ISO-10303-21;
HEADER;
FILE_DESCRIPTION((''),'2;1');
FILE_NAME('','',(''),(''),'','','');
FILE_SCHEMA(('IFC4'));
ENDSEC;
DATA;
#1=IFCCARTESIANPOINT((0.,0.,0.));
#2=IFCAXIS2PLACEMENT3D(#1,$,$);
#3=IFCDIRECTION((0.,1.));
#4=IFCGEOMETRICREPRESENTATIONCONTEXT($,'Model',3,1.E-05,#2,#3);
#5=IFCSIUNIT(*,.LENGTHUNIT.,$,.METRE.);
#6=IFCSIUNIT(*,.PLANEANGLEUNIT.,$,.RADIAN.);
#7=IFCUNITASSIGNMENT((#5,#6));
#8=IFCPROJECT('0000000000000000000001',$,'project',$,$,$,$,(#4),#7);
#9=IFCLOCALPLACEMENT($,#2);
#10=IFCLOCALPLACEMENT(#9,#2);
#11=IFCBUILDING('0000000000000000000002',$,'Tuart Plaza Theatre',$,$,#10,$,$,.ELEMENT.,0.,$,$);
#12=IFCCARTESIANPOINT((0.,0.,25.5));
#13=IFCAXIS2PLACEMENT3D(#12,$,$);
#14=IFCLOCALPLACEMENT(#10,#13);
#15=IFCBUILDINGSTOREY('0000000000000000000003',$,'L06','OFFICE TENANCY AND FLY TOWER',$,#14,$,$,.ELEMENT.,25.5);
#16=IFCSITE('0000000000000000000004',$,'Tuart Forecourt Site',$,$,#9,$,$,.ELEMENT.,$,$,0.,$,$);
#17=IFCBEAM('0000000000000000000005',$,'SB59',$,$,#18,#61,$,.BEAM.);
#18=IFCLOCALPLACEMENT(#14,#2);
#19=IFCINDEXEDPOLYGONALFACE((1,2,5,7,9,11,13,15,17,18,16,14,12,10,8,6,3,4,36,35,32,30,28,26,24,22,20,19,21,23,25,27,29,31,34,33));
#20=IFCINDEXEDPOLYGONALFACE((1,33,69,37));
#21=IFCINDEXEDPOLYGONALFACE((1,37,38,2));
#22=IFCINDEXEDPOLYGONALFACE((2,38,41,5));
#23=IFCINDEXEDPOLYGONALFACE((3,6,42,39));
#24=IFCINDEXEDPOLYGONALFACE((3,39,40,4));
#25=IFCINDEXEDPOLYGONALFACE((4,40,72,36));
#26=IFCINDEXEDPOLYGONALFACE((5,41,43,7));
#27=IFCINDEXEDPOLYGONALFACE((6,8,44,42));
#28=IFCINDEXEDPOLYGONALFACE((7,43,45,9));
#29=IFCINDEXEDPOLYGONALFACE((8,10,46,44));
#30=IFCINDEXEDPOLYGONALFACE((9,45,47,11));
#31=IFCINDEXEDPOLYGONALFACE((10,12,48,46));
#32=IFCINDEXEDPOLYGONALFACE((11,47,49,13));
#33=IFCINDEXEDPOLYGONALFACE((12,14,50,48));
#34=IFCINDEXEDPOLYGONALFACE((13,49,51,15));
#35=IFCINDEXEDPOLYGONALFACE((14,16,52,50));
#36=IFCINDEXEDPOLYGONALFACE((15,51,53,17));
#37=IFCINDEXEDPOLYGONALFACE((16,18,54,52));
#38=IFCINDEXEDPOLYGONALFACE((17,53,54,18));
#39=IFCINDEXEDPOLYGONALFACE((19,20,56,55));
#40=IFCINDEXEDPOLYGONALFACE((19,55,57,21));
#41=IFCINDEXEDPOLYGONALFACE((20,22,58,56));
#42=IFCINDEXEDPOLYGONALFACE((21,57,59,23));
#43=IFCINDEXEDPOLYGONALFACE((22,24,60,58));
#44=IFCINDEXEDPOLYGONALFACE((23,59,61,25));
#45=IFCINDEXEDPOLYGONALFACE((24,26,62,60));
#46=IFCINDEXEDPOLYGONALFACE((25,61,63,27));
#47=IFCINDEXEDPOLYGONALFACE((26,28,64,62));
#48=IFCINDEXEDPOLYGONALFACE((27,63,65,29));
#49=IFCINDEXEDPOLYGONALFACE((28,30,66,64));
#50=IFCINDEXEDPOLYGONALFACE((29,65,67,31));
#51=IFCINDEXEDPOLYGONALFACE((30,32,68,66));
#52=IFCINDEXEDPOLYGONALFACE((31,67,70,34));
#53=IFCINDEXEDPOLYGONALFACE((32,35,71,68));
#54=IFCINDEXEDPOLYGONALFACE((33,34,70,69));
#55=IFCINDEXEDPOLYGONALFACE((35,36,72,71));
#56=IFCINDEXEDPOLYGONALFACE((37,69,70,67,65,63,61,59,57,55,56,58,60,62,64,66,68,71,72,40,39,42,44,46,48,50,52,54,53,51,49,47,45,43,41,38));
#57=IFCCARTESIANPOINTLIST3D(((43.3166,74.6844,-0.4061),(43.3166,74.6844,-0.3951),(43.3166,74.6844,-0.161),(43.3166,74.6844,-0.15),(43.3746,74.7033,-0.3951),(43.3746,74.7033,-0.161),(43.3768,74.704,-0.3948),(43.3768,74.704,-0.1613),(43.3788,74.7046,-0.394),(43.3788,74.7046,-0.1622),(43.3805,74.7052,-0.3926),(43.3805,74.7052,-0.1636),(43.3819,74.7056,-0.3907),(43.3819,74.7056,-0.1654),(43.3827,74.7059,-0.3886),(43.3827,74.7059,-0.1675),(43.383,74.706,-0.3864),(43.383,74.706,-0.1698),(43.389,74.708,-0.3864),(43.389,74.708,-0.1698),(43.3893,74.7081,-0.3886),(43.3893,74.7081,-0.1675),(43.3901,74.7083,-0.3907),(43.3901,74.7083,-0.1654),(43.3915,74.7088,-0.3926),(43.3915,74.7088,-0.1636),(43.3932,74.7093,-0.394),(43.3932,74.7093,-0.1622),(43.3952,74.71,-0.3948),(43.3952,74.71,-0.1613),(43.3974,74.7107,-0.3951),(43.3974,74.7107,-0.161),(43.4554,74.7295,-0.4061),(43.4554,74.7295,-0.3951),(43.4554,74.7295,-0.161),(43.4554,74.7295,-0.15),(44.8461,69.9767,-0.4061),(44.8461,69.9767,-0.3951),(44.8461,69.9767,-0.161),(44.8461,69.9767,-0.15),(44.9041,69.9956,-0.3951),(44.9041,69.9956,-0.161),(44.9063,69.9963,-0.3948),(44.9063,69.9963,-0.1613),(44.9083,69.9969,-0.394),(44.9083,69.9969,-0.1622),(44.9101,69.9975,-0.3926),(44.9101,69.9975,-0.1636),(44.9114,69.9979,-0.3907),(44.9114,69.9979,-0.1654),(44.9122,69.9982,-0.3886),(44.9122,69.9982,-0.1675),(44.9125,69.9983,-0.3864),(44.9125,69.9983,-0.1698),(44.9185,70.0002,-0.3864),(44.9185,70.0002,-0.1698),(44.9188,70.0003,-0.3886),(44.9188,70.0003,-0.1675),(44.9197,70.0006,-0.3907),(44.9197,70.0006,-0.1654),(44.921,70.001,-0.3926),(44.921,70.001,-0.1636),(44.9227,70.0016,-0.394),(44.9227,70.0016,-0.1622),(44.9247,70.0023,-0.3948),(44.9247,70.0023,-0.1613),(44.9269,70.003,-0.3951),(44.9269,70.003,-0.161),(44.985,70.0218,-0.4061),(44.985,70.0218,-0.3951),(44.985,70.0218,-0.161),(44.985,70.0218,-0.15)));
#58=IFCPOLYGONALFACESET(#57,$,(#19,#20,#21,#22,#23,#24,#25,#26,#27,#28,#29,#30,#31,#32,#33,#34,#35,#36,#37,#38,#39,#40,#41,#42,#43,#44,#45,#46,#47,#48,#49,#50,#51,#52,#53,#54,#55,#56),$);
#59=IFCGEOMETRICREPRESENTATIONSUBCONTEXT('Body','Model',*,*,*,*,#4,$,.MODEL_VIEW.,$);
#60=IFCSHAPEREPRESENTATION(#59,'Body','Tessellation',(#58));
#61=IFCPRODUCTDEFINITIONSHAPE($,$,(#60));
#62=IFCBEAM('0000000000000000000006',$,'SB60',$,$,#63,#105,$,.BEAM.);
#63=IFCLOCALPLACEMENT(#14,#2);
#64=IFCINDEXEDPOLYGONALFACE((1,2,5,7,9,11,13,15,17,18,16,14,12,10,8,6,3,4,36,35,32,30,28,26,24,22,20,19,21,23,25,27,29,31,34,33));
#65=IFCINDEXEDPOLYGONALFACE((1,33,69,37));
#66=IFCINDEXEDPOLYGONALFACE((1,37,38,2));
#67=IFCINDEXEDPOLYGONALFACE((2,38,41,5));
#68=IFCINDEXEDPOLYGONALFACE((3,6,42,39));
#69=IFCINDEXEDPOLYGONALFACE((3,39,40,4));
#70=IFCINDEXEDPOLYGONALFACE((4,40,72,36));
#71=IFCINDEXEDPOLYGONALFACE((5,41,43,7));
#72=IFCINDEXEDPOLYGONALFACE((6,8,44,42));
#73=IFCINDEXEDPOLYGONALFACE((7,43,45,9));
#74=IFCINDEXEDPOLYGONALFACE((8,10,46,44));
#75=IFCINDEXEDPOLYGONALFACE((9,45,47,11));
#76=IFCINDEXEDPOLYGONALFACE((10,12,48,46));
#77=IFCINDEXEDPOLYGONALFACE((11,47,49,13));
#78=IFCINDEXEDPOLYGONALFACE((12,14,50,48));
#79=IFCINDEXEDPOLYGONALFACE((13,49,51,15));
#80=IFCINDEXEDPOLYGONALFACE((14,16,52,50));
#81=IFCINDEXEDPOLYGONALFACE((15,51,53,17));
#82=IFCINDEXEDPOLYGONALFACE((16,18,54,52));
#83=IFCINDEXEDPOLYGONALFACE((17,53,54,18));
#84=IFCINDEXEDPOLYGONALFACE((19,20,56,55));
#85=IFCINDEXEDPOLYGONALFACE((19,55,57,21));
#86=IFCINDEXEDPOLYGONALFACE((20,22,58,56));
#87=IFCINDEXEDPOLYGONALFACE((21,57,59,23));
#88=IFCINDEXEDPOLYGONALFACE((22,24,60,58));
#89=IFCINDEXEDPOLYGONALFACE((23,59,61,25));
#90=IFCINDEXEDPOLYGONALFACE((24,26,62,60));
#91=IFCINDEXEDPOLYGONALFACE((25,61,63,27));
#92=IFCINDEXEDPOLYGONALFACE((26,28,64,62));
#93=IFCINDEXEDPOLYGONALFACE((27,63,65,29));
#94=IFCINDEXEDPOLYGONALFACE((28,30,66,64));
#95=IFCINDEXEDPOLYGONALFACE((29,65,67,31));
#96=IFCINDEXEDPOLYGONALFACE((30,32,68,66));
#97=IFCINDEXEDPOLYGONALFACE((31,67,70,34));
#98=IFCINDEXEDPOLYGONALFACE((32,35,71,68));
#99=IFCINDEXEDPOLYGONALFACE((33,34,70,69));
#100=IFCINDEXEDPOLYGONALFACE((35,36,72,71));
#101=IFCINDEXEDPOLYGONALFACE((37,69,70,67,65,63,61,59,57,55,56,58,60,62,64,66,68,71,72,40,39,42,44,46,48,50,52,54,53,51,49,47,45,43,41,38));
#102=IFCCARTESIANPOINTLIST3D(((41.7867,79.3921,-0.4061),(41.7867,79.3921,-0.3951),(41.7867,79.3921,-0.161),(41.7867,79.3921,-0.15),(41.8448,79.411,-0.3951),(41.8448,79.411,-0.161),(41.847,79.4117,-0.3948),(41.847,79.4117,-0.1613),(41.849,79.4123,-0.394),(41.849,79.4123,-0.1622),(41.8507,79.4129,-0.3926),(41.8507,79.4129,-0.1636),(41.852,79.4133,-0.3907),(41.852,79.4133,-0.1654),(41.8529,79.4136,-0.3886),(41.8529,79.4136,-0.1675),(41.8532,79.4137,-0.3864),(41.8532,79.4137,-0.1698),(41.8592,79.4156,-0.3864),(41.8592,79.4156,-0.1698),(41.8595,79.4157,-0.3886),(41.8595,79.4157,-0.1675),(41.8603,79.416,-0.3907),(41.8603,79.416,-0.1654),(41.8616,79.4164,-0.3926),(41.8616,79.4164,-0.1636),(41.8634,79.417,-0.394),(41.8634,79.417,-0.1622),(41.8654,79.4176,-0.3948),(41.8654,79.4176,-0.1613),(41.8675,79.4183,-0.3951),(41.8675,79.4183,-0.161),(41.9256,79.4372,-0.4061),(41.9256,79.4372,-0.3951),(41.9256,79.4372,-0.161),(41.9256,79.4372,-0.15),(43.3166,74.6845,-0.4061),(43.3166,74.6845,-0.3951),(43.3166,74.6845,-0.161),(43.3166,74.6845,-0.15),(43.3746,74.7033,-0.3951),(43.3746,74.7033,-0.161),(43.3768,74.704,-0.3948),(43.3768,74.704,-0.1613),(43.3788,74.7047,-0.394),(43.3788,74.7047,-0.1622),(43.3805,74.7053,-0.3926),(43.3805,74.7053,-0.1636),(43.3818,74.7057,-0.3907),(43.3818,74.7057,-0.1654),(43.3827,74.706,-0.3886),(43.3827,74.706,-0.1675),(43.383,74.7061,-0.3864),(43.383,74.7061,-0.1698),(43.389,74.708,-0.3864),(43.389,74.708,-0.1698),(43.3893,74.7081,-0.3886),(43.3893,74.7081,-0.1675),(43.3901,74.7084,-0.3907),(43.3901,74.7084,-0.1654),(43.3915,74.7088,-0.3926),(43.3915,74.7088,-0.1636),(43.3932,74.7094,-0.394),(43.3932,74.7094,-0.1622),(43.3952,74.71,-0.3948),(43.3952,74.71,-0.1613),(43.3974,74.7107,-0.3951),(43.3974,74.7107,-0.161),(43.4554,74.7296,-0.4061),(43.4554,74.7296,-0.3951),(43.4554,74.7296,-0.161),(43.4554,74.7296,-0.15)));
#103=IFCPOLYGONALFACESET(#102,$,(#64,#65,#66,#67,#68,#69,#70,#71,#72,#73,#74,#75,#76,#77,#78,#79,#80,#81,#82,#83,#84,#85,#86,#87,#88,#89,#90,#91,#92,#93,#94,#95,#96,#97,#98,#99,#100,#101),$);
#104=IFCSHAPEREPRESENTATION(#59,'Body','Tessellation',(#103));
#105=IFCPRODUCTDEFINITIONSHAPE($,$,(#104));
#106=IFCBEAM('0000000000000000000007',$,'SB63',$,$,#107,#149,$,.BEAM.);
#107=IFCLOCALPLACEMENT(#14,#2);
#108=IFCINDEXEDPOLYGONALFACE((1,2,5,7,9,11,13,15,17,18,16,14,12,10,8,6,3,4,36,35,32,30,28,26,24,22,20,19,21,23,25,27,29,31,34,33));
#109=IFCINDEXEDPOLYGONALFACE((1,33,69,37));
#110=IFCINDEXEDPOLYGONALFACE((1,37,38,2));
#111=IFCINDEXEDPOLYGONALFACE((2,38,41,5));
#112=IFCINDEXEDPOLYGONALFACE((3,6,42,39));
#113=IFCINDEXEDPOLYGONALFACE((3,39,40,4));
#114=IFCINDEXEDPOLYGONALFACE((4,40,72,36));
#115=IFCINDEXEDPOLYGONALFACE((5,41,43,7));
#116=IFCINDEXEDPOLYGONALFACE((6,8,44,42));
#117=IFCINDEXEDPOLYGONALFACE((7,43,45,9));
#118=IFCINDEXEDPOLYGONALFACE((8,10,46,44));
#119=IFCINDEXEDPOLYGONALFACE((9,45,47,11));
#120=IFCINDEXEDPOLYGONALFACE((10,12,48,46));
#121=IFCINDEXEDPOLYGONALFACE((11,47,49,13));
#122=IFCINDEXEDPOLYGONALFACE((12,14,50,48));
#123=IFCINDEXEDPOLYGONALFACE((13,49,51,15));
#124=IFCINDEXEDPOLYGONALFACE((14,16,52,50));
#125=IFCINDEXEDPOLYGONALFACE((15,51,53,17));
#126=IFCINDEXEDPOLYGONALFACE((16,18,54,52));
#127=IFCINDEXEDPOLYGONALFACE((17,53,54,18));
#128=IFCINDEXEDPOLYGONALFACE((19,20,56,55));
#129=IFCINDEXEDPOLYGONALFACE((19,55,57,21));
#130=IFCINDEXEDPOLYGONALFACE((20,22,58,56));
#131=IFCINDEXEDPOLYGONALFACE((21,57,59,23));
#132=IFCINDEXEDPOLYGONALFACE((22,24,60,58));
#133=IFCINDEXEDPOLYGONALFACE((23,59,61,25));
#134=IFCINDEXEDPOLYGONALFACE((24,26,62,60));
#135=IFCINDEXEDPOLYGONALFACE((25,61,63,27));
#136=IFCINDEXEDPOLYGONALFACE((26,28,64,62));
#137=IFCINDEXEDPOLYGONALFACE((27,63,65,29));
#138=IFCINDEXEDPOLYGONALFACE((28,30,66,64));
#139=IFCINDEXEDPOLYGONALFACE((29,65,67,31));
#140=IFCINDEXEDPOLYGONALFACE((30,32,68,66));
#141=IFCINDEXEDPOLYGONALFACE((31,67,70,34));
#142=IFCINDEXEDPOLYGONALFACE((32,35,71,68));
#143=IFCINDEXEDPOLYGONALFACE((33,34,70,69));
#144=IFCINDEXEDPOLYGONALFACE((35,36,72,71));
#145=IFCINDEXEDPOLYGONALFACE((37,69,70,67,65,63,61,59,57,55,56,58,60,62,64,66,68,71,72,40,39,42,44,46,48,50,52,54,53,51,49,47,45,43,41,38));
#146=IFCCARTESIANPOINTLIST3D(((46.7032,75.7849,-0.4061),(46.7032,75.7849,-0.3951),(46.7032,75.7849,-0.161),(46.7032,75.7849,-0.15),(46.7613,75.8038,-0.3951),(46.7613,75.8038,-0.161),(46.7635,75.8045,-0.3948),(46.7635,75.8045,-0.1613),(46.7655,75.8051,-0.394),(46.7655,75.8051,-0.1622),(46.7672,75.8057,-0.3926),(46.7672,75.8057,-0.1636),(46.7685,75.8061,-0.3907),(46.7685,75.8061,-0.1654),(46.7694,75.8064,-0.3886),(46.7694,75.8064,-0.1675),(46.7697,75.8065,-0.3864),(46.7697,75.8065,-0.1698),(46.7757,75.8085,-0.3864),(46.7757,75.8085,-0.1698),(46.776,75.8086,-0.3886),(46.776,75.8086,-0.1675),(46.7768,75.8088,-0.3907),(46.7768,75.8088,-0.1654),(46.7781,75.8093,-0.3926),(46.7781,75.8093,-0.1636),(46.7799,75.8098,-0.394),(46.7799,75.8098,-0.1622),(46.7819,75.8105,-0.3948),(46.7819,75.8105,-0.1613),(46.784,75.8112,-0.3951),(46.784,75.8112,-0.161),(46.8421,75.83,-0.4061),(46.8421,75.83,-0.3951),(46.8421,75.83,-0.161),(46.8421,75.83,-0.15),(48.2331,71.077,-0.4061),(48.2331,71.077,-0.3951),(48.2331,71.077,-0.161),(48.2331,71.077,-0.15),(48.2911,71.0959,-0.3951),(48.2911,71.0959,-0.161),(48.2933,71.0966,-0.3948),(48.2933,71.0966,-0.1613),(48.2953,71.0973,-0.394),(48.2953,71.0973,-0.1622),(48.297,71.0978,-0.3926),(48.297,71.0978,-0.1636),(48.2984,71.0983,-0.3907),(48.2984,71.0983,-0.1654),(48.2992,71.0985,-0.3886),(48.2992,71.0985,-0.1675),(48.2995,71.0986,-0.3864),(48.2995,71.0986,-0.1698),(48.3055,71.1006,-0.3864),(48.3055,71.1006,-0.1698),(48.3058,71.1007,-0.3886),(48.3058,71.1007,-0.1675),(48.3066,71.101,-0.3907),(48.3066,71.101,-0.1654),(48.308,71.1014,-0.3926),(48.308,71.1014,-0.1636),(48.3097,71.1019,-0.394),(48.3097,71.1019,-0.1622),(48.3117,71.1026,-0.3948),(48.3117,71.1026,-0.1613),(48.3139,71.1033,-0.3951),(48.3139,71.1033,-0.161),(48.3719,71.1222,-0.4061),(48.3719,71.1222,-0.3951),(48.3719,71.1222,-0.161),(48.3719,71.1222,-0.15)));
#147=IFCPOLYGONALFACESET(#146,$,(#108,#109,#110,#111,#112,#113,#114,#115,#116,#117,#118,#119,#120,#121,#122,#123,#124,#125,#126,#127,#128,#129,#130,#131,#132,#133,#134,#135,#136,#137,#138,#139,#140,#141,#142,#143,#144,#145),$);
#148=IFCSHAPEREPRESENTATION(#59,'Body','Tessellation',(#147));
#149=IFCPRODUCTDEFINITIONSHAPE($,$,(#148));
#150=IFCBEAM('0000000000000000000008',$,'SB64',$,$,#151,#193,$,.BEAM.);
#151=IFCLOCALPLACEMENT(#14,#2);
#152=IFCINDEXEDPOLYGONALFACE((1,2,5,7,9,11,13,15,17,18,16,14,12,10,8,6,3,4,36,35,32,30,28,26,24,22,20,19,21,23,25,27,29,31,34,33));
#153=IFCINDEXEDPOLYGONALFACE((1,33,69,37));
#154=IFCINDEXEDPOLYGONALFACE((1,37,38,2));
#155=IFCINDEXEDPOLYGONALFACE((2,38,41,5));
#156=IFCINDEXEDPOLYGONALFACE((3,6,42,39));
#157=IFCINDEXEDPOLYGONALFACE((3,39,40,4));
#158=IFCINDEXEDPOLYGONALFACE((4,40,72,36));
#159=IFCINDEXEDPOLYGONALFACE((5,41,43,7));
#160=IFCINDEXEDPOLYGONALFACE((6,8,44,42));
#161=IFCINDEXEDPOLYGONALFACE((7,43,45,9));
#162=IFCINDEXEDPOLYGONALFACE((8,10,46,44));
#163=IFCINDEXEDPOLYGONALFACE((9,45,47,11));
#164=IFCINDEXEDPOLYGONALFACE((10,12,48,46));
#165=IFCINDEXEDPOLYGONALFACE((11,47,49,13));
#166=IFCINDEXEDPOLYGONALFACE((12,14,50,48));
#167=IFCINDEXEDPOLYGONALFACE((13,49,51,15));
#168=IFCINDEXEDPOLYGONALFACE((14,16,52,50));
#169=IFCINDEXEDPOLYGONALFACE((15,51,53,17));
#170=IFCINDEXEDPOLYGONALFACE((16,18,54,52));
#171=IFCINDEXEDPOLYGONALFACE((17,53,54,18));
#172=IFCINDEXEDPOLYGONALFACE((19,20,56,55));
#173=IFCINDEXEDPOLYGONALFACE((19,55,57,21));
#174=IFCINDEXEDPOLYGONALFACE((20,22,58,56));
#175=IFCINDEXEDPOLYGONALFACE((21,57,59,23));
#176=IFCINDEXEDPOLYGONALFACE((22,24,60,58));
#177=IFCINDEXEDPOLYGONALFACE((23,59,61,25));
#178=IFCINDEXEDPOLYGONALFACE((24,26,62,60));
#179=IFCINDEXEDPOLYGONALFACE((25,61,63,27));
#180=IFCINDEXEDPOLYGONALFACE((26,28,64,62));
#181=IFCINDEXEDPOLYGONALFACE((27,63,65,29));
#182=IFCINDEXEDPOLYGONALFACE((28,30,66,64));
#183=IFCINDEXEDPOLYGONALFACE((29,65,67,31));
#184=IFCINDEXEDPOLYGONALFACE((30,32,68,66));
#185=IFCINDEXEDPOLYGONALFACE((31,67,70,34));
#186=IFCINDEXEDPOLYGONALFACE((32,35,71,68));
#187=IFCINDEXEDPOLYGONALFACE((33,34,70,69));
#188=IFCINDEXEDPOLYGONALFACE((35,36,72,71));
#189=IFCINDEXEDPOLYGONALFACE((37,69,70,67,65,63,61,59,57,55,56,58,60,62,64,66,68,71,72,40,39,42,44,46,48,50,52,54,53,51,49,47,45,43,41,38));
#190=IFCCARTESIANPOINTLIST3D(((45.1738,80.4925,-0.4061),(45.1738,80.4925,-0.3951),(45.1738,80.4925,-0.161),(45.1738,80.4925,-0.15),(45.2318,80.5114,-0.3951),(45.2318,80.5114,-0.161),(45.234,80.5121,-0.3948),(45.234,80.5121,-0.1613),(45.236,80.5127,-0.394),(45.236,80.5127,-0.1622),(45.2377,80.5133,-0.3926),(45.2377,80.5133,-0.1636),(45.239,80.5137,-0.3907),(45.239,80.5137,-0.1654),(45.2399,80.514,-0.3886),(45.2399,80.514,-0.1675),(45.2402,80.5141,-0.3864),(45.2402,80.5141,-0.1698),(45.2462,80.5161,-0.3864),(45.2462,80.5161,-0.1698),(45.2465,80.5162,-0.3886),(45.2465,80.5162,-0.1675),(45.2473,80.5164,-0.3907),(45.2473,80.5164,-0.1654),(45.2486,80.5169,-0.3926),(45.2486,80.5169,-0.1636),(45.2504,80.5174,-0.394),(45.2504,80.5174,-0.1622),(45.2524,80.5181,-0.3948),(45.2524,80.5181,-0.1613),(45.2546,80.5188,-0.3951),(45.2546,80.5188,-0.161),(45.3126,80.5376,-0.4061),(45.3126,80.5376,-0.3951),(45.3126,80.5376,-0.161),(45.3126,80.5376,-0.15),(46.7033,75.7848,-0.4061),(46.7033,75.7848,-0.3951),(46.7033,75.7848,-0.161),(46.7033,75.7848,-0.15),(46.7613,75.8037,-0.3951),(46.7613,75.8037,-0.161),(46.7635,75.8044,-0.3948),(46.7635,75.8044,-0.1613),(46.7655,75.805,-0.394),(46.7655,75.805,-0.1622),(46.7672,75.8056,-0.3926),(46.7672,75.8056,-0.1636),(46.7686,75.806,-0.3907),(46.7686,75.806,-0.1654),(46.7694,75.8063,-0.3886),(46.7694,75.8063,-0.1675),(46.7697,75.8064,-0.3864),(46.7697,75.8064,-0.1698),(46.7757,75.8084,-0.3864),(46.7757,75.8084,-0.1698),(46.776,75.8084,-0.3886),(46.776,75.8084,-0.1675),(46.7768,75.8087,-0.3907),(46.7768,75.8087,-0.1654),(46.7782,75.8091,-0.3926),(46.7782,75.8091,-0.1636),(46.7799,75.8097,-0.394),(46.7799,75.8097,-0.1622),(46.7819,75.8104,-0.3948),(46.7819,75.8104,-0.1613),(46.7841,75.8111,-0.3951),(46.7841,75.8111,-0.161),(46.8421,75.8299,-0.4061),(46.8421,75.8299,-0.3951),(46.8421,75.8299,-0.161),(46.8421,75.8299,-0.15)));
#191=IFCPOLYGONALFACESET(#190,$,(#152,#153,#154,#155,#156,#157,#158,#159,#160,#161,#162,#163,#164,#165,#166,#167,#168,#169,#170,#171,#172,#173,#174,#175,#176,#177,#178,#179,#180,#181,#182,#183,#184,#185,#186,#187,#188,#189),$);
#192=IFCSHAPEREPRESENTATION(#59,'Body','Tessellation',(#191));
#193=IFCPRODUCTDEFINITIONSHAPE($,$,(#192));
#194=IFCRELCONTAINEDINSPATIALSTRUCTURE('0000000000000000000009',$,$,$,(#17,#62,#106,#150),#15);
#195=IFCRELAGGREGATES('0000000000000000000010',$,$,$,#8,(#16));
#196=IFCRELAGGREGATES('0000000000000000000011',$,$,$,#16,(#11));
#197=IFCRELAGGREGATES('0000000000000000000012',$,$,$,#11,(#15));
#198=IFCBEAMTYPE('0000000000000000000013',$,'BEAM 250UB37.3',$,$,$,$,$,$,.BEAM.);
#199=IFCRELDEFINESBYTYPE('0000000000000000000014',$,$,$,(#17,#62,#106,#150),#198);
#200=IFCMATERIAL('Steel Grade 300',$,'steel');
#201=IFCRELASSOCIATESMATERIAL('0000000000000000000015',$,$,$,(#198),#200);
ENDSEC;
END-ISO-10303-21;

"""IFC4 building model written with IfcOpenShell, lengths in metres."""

from ifc_helpers import new_model, si_unit, direction, frame, origin, origin_2d, place, context, subcontext, project, spatial, i_section, extrude, material, material_profile, profile_set, type_object, element, save


model = new_model("IFC4")

# Units and contexts
model_context = context("Model", 3, precision=1e-05, world=origin(), true_north=direction((0.0, 1.0)))
body_context = subcontext(model_context, "Body", "Model", "MODEL_VIEW")
ifc_project = project(units=[si_unit("LENGTHUNIT", "METRE"), si_unit("PLANEANGLEUNIT", "RADIAN")], contexts=[model_context])

# Site, building, storey
site_placement = place(None, origin())
site = spatial("IfcSite", under=ifc_project, at=site_placement, Name="Tuart Forecourt Site", CompositionType="ELEMENT", RefElevation=0.0)
building_placement = place(site_placement, origin())
building = spatial("IfcBuilding", under=site, at=building_placement, Name="Tuart Plaza Theatre", CompositionType="ELEMENT", ElevationOfRefHeight=0.0)
storey_placement = place(building_placement, frame((0.0, 0.0, 25.5)))
storey = spatial("IfcBuildingStorey", under=building, at=storey_placement, Name="L06", Description="OFFICE TENANCY AND FLY TOWER", CompositionType="ELEMENT", Elevation=25.5)

# Beams
ifc_material_1 = material(Name="Steel Grade 300", Category="steel")
ifc_material_profile_1 = material_profile(ifc_material_1, i_section(OverallWidth=0.146, OverallDepth=0.2561, WebThickness=0.0063, FlangeThickness=0.011, FilletRadius=0.0088, at=origin_2d()), Name="250UB37.3")
ifc_profile_set_1 = profile_set([ifc_material_profile_1], Name="Steel Grade 300")
beam_type = type_object("IfcBeamType", Name="BEAM 250UB37.3", PredefinedType="BEAM", material=ifc_profile_set_1)
for number, where, z_axis, x_axis, name in (
    (1, (44.9155, 69.9993, -0.2781), (-0.308998, 0.951063, 0.0), (-0.951063, -0.308998, 0.0), "SB59"),
    (2, (43.386, 74.707, -0.2781), (-0.309057, 0.951043, 0.0), (-0.951043, -0.309057, 0.0), "SB60"),
):
    element("IfcBeam", number, at=place(storey_placement, frame(where, z_axis=z_axis, x_axis=x_axis)), inside=storey, type_object=beam_type, Name=name, PredefinedType="BEAM", context=body_context, shape_type="SweptSolid", body=[
        extrude(i_section(OverallWidth=0.146, OverallDepth=0.2561, WebThickness=0.0063, FlangeThickness=0.011, FilletRadius=0.0088, at=origin_2d()), origin(), (0.0, 0.0, 1.0), 4.95),
    ])
beam_1_placement = place(storey_placement, frame((48.3025, 71.0996, -0.2781), z_axis=(-0.309043, 0.951048, 0.0), x_axis=(-0.951048, -0.309043, 0.0)))
element("IfcBeam", 3, at=beam_1_placement, inside=storey, type_object=beam_type, Name="SB63", PredefinedType="BEAM", context=body_context, shape_type="SweptSolid", body=[
    extrude(i_section(OverallWidth=0.146, OverallDepth=0.2561, WebThickness=0.0063, FlangeThickness=0.011, FilletRadius=0.0088, at=origin_2d()), origin(), (0.0, 0.0, 1.0), 4.9502),
])
beam_2_placement = place(storey_placement, frame((46.7727, 75.8074, -0.2781), z_axis=(-0.308998, 0.951063, 0.0), x_axis=(-0.951063, -0.308998, 0.0)))
element("IfcBeam", 4, at=beam_2_placement, inside=storey, type_object=beam_type, Name="SB64", PredefinedType="BEAM", context=body_context, shape_type="SweptSolid", body=[
    extrude(i_section(OverallWidth=0.146, OverallDepth=0.2561, WebThickness=0.0063, FlangeThickness=0.011, FilletRadius=0.0088, at=origin_2d()), origin(), (0.0, 0.0, 1.0), 4.95),
])

save(model, "model.ifc")
